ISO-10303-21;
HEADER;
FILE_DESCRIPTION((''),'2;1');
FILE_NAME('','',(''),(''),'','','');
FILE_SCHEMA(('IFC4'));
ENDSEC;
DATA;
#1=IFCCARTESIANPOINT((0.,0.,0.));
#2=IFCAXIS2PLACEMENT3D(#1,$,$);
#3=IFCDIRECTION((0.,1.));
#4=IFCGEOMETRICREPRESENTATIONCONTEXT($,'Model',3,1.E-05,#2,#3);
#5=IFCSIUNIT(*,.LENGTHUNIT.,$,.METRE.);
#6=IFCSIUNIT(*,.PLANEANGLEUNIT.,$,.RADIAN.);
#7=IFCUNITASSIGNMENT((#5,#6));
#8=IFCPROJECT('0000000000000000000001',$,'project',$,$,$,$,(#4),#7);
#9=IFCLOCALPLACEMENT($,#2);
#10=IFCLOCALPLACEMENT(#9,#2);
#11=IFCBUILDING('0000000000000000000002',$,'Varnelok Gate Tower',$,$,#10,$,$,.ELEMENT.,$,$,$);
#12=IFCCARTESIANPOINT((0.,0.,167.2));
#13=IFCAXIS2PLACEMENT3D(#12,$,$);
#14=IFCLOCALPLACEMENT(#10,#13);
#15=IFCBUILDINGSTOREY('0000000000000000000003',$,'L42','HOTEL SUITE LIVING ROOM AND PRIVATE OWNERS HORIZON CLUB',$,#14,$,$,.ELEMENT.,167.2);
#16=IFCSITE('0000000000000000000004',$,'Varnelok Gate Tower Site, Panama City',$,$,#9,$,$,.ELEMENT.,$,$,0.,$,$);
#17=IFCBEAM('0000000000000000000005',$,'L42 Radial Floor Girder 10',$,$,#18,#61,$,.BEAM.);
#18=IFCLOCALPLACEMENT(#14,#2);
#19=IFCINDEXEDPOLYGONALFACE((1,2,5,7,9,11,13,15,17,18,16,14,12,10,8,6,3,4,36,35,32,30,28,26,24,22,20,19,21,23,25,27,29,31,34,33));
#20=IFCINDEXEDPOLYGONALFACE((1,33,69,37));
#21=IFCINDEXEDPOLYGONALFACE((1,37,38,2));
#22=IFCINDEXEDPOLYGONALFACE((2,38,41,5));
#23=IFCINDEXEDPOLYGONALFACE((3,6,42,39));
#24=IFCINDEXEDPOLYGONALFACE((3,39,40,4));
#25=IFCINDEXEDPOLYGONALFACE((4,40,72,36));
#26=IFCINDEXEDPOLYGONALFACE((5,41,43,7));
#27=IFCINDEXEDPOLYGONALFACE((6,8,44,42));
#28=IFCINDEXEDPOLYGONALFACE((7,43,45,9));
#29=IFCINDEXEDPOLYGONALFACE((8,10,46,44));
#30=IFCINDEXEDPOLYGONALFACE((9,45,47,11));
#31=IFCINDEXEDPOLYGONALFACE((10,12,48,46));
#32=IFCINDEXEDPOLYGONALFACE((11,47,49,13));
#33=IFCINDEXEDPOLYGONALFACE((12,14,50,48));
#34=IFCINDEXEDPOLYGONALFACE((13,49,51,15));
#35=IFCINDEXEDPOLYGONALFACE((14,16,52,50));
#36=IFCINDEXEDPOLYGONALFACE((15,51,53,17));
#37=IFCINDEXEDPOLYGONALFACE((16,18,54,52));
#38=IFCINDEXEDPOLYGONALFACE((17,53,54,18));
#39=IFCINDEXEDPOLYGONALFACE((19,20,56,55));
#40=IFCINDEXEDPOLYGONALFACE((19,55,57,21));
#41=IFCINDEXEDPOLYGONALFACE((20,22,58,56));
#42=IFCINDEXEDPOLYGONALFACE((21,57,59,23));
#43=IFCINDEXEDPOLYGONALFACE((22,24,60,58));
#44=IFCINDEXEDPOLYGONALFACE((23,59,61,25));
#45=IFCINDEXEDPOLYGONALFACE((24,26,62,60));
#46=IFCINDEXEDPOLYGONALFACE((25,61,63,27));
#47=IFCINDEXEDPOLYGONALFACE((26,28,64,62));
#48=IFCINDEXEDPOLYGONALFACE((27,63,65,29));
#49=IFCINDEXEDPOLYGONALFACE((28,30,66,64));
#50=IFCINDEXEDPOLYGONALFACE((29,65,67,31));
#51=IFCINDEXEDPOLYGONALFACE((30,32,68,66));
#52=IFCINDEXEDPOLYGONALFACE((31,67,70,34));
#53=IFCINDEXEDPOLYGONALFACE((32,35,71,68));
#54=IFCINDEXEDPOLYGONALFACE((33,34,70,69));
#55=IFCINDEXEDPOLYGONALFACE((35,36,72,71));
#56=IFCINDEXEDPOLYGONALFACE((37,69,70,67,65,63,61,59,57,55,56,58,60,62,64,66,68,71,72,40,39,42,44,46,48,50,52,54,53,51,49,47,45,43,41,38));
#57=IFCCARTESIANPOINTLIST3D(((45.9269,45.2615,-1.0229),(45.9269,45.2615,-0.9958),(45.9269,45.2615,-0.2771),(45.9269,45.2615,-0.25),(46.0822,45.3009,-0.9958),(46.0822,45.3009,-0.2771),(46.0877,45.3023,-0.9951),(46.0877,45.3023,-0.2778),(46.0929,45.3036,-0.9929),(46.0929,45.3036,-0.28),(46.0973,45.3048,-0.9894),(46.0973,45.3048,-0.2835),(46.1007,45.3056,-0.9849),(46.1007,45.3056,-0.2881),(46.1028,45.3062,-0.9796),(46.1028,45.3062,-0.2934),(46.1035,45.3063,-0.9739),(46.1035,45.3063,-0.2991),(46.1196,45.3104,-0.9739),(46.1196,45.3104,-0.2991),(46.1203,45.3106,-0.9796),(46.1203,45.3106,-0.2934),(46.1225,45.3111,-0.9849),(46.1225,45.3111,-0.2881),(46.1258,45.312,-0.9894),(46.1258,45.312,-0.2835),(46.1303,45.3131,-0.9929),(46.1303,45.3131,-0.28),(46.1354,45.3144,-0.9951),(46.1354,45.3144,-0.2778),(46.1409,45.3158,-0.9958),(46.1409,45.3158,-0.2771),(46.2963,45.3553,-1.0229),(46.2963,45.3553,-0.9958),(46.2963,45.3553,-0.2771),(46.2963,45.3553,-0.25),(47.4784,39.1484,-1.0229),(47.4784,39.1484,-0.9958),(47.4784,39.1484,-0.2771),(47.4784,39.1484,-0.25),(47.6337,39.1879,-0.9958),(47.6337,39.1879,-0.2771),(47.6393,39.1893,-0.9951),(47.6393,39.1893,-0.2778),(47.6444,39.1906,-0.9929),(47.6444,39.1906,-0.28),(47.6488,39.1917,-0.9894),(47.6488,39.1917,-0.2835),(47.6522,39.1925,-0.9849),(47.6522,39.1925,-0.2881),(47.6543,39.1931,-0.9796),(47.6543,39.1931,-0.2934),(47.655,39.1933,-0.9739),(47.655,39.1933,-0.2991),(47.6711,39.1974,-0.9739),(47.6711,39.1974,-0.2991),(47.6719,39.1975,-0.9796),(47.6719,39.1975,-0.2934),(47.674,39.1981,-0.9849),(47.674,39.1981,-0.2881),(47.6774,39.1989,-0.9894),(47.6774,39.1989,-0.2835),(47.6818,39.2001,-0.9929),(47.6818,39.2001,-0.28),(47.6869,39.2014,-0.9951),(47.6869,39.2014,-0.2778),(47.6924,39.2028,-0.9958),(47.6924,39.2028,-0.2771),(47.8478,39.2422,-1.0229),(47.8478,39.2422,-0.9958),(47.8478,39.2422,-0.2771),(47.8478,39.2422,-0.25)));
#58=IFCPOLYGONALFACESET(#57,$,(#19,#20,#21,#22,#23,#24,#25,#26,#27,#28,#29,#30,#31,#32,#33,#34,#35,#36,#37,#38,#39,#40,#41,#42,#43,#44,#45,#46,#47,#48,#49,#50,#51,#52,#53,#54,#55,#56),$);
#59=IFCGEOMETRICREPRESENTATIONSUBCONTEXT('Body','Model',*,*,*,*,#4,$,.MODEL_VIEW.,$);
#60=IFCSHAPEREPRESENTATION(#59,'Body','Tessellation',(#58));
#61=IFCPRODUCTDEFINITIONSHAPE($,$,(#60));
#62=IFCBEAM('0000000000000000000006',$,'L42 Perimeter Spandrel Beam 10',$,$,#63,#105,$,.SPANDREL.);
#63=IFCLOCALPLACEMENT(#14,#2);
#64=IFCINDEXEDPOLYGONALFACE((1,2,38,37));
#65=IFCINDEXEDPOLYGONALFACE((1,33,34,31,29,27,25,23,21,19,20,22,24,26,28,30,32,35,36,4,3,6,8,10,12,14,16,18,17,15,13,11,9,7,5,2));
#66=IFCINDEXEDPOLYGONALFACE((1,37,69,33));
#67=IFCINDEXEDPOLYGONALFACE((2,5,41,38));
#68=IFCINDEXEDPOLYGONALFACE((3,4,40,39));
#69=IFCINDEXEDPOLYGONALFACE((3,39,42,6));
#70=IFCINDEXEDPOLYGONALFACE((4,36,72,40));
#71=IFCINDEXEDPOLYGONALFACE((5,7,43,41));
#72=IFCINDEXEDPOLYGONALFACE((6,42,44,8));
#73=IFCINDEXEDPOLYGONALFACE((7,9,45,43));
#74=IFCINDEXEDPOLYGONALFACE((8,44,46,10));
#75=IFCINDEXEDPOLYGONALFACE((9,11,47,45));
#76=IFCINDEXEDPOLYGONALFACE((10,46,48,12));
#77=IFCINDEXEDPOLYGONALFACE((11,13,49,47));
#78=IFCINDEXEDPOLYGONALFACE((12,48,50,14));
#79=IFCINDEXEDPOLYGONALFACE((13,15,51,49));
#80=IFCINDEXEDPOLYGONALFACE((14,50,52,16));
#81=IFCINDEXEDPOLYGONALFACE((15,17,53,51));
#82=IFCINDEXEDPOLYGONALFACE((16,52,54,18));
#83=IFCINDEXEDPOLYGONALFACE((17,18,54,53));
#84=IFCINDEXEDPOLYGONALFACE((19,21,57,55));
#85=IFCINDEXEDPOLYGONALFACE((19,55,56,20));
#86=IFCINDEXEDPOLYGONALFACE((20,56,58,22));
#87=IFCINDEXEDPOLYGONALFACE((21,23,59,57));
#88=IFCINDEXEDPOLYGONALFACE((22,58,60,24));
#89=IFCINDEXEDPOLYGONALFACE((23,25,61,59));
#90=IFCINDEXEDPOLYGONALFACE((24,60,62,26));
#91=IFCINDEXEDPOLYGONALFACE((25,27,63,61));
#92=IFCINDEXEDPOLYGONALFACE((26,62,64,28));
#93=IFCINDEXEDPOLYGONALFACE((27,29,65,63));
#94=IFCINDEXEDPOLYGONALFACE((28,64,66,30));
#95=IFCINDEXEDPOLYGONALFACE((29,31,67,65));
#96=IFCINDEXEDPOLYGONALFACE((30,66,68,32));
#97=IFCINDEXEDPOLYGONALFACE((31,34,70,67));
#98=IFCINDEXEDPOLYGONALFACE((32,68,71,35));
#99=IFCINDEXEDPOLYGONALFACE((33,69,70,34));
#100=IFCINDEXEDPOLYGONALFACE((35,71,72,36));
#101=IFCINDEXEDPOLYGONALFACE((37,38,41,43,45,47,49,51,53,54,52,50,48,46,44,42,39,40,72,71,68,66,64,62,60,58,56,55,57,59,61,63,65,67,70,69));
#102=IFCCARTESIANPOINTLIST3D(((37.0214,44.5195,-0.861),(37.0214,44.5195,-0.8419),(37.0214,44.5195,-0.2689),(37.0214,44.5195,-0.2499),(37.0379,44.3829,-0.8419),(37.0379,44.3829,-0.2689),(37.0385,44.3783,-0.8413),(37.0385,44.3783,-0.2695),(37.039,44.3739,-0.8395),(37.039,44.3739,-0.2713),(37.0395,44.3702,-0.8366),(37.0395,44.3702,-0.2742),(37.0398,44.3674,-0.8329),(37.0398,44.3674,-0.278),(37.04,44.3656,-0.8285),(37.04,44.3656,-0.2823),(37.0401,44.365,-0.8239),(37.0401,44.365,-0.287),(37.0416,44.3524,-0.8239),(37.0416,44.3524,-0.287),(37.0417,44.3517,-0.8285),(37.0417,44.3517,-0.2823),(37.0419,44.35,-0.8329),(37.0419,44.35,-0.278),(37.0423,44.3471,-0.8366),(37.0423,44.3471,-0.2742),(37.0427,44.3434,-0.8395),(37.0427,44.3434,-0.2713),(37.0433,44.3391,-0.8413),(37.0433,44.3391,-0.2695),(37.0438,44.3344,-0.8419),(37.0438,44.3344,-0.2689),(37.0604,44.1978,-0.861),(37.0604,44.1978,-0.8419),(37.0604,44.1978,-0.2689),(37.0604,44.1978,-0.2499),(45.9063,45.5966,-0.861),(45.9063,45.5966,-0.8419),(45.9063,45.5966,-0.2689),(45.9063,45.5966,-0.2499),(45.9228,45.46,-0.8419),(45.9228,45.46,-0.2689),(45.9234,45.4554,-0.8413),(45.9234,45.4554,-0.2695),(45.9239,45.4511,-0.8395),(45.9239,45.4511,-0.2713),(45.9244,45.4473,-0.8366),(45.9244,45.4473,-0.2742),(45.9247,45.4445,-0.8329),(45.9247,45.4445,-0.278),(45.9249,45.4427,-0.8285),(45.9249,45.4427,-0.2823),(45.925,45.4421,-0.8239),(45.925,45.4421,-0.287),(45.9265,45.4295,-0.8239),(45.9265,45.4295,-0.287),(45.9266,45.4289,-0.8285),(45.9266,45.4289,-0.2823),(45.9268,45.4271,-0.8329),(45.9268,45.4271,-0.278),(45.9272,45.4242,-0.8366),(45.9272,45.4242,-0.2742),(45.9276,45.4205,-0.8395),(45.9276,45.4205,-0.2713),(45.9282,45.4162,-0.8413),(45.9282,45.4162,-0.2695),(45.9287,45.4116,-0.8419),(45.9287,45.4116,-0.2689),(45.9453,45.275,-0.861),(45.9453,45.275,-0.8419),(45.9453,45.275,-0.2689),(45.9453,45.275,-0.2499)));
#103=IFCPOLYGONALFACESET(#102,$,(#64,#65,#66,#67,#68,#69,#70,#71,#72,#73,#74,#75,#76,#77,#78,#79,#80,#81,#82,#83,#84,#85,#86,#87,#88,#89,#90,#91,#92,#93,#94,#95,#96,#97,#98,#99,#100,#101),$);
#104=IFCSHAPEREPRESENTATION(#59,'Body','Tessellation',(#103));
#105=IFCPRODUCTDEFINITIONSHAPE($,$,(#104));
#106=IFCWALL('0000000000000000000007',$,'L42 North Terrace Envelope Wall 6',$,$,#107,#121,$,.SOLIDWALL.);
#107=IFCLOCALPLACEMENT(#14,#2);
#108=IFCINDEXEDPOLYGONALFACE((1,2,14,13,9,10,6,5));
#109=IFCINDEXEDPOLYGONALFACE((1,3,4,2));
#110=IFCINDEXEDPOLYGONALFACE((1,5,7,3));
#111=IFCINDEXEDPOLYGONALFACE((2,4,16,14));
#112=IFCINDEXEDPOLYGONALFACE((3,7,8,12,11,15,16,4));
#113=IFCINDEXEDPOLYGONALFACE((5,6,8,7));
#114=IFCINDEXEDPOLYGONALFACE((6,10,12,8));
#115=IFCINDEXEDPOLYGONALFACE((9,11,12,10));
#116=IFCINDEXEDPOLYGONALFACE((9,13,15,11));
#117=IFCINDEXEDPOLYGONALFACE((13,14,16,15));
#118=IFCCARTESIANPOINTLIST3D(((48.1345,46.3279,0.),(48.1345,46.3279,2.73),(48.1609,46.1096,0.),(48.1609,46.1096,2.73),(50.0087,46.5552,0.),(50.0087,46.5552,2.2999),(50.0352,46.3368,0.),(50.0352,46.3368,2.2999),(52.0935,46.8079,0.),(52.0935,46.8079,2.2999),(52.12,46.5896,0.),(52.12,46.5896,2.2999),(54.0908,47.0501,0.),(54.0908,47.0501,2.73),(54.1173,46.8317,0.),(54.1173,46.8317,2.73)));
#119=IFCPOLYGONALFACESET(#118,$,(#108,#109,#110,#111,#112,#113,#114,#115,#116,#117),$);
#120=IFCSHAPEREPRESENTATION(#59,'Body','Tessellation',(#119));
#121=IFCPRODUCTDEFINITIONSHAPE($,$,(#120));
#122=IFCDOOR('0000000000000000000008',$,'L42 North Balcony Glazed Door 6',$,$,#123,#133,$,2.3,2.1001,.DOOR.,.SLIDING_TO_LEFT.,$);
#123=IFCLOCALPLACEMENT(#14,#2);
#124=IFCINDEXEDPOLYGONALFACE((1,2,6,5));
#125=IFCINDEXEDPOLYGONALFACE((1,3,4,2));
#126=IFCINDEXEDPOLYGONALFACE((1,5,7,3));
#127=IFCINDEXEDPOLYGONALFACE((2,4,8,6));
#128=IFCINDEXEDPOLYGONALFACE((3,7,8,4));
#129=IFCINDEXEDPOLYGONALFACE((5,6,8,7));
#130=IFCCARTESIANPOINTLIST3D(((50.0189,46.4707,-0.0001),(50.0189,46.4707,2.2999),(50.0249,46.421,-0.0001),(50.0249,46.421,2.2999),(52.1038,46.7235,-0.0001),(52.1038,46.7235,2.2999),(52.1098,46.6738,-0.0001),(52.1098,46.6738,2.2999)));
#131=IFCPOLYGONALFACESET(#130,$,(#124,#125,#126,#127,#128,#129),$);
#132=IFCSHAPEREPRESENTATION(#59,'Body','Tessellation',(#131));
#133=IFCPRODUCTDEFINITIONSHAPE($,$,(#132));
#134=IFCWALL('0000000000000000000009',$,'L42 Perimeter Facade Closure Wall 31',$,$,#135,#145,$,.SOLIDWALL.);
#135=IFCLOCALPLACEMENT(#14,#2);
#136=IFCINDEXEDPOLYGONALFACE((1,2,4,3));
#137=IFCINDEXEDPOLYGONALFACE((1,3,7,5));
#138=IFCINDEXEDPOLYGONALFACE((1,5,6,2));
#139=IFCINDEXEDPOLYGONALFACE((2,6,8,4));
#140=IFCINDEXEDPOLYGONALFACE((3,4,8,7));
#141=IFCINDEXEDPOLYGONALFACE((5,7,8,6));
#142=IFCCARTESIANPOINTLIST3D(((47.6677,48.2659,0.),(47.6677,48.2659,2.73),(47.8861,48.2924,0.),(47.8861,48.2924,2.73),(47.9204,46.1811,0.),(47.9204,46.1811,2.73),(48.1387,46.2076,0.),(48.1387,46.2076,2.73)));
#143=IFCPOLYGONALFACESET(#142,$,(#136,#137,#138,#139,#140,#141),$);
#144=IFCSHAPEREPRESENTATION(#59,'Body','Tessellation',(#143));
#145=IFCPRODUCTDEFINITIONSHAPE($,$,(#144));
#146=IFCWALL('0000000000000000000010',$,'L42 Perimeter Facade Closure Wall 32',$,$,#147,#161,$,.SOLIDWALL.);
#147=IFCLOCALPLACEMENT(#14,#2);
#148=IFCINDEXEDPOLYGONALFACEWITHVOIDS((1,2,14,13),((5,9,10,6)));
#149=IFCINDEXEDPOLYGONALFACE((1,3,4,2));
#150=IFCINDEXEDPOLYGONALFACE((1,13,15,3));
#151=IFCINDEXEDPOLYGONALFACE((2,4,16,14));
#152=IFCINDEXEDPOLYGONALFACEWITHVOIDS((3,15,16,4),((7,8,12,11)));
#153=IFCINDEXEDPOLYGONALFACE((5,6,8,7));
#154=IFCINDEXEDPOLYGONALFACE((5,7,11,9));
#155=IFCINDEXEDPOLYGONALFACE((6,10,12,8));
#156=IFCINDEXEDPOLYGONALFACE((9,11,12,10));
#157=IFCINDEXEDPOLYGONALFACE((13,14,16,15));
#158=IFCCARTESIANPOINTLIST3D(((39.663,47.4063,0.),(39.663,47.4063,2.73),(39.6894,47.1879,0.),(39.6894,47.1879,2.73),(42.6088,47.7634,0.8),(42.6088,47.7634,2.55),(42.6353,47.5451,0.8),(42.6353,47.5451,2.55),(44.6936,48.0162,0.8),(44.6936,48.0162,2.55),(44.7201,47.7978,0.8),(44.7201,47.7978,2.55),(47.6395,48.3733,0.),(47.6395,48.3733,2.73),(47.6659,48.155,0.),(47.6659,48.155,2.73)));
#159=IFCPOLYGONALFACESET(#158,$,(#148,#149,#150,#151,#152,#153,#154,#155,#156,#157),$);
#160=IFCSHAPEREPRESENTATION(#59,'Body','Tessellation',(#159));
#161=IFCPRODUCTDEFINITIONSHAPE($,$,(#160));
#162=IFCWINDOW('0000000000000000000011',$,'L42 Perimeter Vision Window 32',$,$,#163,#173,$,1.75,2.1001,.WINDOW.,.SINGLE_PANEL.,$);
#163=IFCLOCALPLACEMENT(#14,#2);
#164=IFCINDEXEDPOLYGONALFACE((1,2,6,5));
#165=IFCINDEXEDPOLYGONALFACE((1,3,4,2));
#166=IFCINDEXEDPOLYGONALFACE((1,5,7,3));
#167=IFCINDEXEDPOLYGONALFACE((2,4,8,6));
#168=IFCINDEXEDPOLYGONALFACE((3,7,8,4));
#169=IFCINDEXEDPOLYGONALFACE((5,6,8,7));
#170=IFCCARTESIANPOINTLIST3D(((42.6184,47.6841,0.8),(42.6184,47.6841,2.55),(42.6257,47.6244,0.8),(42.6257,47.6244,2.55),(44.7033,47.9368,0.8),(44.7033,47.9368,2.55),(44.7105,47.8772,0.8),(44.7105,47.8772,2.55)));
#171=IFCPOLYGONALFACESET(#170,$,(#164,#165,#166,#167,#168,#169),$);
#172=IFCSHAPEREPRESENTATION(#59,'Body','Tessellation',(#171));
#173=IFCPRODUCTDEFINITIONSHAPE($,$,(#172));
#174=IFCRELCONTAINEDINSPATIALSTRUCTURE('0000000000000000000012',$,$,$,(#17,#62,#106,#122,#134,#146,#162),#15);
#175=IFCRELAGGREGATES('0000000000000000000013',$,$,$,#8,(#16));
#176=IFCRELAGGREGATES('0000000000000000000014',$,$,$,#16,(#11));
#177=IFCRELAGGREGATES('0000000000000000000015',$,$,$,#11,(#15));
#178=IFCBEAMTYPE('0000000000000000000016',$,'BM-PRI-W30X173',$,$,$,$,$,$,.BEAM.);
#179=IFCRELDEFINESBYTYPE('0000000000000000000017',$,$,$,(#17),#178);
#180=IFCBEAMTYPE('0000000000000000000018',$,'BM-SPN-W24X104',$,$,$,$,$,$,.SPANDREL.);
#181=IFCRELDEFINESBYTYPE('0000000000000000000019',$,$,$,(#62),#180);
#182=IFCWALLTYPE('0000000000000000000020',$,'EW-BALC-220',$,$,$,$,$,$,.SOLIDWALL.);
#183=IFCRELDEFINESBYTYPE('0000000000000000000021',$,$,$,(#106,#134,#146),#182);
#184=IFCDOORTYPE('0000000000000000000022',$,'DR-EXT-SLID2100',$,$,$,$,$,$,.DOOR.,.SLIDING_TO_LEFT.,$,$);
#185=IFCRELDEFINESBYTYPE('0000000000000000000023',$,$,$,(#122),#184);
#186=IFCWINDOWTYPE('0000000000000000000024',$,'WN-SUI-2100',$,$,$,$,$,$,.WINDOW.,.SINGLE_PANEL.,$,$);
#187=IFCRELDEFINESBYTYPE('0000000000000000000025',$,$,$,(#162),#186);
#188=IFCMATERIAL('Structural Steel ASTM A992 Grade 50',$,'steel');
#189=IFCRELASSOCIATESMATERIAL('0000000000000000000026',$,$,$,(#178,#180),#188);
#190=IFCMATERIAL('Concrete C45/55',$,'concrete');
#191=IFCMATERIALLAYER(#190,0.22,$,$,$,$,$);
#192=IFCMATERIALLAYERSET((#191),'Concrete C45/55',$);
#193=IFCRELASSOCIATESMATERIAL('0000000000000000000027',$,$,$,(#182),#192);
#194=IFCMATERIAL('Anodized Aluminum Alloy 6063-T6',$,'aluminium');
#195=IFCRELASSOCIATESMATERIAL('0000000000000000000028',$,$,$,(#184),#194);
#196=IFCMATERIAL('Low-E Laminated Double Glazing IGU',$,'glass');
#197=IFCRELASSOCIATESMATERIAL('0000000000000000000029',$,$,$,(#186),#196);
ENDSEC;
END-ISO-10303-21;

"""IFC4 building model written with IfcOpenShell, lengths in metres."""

from ifc_helpers import new_model, si_unit, direction, frame, frame_2d, origin, origin_2d, place, context, subcontext, project, spatial, rectangle, i_section, extrude, material, layer, layer_set, material_profile, profile_set, type_object, element, fill, save


model = new_model("IFC4")

# Units and contexts
model_context = context("Model", 3, precision=1e-05, world=origin(), true_north=direction((0.0, 1.0)))
body_context = subcontext(model_context, "Body", "Model", "MODEL_VIEW")
ifc_project = project(units=[si_unit("LENGTHUNIT", "METRE"), si_unit("PLANEANGLEUNIT", "RADIAN")], contexts=[model_context])

# Site, building, storey
site_placement = place(None, origin())
site = spatial("IfcSite", under=ifc_project, at=site_placement, Name="Varnelok Gate Tower Site, Panama City", CompositionType="ELEMENT", RefElevation=0.0)
building_placement = place(site_placement, origin())
building = spatial("IfcBuilding", under=site, at=building_placement, Name="Varnelok Gate Tower", CompositionType="ELEMENT")
storey_placement = place(building_placement, frame((0.0, 0.0, 167.2)))
storey = spatial("IfcBuildingStorey", under=building, at=storey_placement, Name="L42", Description="HOTEL SUITE LIVING ROOM AND PRIVATE OWNERS HORIZON CLUB", CompositionType="ELEMENT", Elevation=167.2)

# Shared definitions
ifc_material_1 = material(Name="Structural Steel ASTM A992 Grade 50", Category="steel")

# Beams
ifc_material_profile_1 = material_profile(ifc_material_1, i_section(OverallWidth=0.3811, OverallDepth=0.7729, WebThickness=0.0166, FlangeThickness=0.0271, FilletRadius=0.022, at=origin_2d()), Name="W30X173")
ifc_profile_set_1 = profile_set([ifc_material_profile_1], Name="Structural Steel ASTM A992 Grade 50")
beam_type_1 = type_object("IfcBeamType", Name="BM-PRI-W30X173", PredefinedType="BEAM", material=ifc_profile_set_1)
beam_1_placement = place(storey_placement, frame((47.6631, 39.1953, -0.6365), z_axis=(-0.246004, 0.969269, 0.0), x_axis=(-0.969269, -0.246004, 0.0)))
element("IfcBeam", 1, at=beam_1_placement, inside=storey, type_object=beam_type_1, Name="L42 Radial Floor Girder 10", PredefinedType="BEAM", context=body_context, shape_type="SweptSolid", body=[
    extrude(i_section(OverallWidth=0.3811, OverallDepth=0.7729, WebThickness=0.0166, FlangeThickness=0.0271, FilletRadius=0.022, at=origin_2d()), origin(), (0.0, 0.0, 1.0), 6.3069),
])
ifc_material_profile_2 = material_profile(ifc_material_1, i_section(OverallWidth=0.324, OverallDepth=0.6111, WebThickness=0.0127, FlangeThickness=0.019, FilletRadius=0.0181, at=origin_2d()), Name="W24X104")
ifc_profile_set_2 = profile_set([ifc_material_profile_2], Name="Structural Steel ASTM A992 Grade 50")
beam_type_2 = type_object("IfcBeamType", Name="BM-SPN-W24X104", PredefinedType="SPANDREL", material=ifc_profile_set_2)
beam_2_placement = place(storey_placement, frame((45.9258, 45.4358, -0.5554), z_axis=(-0.992731, -0.120351, 0.0), x_axis=(0.120351, -0.992731, 0.0)))
element("IfcBeam", 2, at=beam_2_placement, inside=storey, type_object=beam_type_2, Name="L42 Perimeter Spandrel Beam 10", PredefinedType="SPANDREL", context=body_context, shape_type="SweptSolid", body=[
    extrude(i_section(OverallWidth=0.324, OverallDepth=0.6111, WebThickness=0.0127, FlangeThickness=0.019, FilletRadius=0.0181, at=origin_2d()), origin(), (0.0, 0.0, 1.0), 8.95),
])

# Wall, opening, door
ifc_material_2 = material(Name="Concrete C45/55", Category="concrete")
ifc_layer_1 = layer(ifc_material_2, 0.22)
ifc_layer_set_1 = layer_set([ifc_layer_1], Name="Concrete C45/55")
wall_type_1 = type_object("IfcWallType", Name="EW-BALC-220", PredefinedType="SOLIDWALL", material=ifc_layer_set_1)
wall_1_placement = place(storey_placement, frame((48.1477, 46.2188, 0.0), z_axis=(0.0, 0.0, 1.0), x_axis=(0.99273, 0.120363, 0.0)))
wall_1 = element("IfcWall", 3, at=wall_1_placement, inside=storey, type_object=wall_type_1, Name="L42 North Terrace Envelope Wall 6", PredefinedType="SOLIDWALL", context=body_context, shape_type="SweptSolid", body=[
    extrude(rectangle(XDim=6.0, YDim=0.22, at=frame_2d((3.0, 0.0))), origin(), (0.0, 0.0, 1.0), 2.73),
])
opening_1_placement = place(wall_1_placement, frame((1.8879, 0.0, 0.0)))
opening_1 = element("IfcOpeningElement", 4, at=opening_1_placement, cuts=wall_1, PredefinedType="OPENING", context=body_context, shape_type="SweptSolid", body=[
    extrude(rectangle(XDim=2.1001, YDim=2.3, at=frame_2d((1.05, 1.1499))), frame((0.0, 0.1199, 0.0), z_axis=(0.0, -1.0, 0.0), x_axis=(1.0, 0.0, 0.0)), (0.0, 0.0, 1.0), 0.24),
])
ifc_material_3 = material(Name="Anodized Aluminum Alloy 6063-T6", Category="aluminium")
door_type_1 = type_object("IfcDoorType", Name="DR-EXT-SLID2100", OperationType="SLIDING_TO_LEFT", PredefinedType="DOOR", material=ifc_material_3)
door_1_placement = place(opening_1_placement, origin())
door_1 = element("IfcDoor", 5, at=door_1_placement, inside=storey, type_object=door_type_1, Name="L42 North Balcony Glazed Door 6", OperationType="SLIDING_TO_LEFT", OverallHeight=2.3, OverallWidth=2.1001, PredefinedType="DOOR", context=body_context, shape_type="SweptSolid", body=[
    extrude(rectangle(XDim=2.1001, YDim=2.3, at=frame_2d((1.05, 1.1499))), frame((0.0, 0.0249, 0.0), z_axis=(0.0, -1.0, 0.0), x_axis=(1.0, 0.0, 0.0)), (0.0, 0.0, 1.0), 0.05),
])
fill(opening_1, door_1)

# Wall
wall_2_placement = place(storey_placement, frame((48.0295, 46.1943, 0.0), z_axis=(0.0, 0.0, 1.0), x_axis=(-0.120314, 0.992736, 0.0)))
element("IfcWall", 6, at=wall_2_placement, inside=storey, type_object=wall_type_1, Name="L42 Perimeter Facade Closure Wall 31", PredefinedType="SOLIDWALL", context=body_context, shape_type="SweptSolid", body=[
    extrude(rectangle(XDim=2.1001, YDim=0.22, at=frame_2d((1.05, 0.0))), origin(), (0.0, 0.0, 1.0), 2.73),
])

# Wall, opening, window
wall_3_placement = place(storey_placement, frame((47.6528, 48.2642, 0.0), z_axis=(0.0, 0.0, 1.0), x_axis=(-0.992731, -0.120354, 0.0)))
wall_3 = element("IfcWall", 7, at=wall_3_placement, inside=storey, type_object=wall_type_1, Name="L42 Perimeter Facade Closure Wall 32", PredefinedType="SOLIDWALL", context=body_context, shape_type="SweptSolid", body=[
    extrude(rectangle(XDim=8.0349, YDim=0.22, at=frame_2d((4.0176, 0.0))), origin(), (0.0, 0.0, 1.0), 2.73),
])
opening_2_placement = place(wall_3_placement, frame((2.9675, 0.0, 0.8)))
opening_2 = element("IfcOpeningElement", 8, at=opening_2_placement, cuts=wall_3, PredefinedType="OPENING", context=body_context, shape_type="SweptSolid", body=[
    extrude(rectangle(XDim=2.1001, YDim=1.75, at=frame_2d((1.05, 0.875))), frame((0.0, 0.1199, 0.0), z_axis=(0.0, -1.0, 0.0), x_axis=(1.0, 0.0, 0.0)), (0.0, 0.0, 1.0), 0.24),
])
ifc_material_4 = material(Name="Low-E Laminated Double Glazing IGU", Category="glass")
window_type = type_object("IfcWindowType", Name="WN-SUI-2100", PartitioningType="SINGLE_PANEL", PredefinedType="WINDOW", material=ifc_material_4)
window_placement = place(opening_2_placement, origin())
window = element("IfcWindow", 9, at=window_placement, inside=storey, type_object=window_type, Name="L42 Perimeter Vision Window 32", OverallHeight=1.75, OverallWidth=2.1001, PartitioningType="SINGLE_PANEL", PredefinedType="WINDOW", context=body_context, shape_type="SweptSolid", body=[
    extrude(rectangle(XDim=2.1001, YDim=1.75, at=frame_2d((1.05, 0.875))), frame((0.0, 0.03, 0.0), z_axis=(0.0, -1.0, 0.0), x_axis=(1.0, 0.0, 0.0)), (0.0, 0.0, 1.0), 0.0601),
])
fill(opening_2, window)

save(model, "model.ifc")
